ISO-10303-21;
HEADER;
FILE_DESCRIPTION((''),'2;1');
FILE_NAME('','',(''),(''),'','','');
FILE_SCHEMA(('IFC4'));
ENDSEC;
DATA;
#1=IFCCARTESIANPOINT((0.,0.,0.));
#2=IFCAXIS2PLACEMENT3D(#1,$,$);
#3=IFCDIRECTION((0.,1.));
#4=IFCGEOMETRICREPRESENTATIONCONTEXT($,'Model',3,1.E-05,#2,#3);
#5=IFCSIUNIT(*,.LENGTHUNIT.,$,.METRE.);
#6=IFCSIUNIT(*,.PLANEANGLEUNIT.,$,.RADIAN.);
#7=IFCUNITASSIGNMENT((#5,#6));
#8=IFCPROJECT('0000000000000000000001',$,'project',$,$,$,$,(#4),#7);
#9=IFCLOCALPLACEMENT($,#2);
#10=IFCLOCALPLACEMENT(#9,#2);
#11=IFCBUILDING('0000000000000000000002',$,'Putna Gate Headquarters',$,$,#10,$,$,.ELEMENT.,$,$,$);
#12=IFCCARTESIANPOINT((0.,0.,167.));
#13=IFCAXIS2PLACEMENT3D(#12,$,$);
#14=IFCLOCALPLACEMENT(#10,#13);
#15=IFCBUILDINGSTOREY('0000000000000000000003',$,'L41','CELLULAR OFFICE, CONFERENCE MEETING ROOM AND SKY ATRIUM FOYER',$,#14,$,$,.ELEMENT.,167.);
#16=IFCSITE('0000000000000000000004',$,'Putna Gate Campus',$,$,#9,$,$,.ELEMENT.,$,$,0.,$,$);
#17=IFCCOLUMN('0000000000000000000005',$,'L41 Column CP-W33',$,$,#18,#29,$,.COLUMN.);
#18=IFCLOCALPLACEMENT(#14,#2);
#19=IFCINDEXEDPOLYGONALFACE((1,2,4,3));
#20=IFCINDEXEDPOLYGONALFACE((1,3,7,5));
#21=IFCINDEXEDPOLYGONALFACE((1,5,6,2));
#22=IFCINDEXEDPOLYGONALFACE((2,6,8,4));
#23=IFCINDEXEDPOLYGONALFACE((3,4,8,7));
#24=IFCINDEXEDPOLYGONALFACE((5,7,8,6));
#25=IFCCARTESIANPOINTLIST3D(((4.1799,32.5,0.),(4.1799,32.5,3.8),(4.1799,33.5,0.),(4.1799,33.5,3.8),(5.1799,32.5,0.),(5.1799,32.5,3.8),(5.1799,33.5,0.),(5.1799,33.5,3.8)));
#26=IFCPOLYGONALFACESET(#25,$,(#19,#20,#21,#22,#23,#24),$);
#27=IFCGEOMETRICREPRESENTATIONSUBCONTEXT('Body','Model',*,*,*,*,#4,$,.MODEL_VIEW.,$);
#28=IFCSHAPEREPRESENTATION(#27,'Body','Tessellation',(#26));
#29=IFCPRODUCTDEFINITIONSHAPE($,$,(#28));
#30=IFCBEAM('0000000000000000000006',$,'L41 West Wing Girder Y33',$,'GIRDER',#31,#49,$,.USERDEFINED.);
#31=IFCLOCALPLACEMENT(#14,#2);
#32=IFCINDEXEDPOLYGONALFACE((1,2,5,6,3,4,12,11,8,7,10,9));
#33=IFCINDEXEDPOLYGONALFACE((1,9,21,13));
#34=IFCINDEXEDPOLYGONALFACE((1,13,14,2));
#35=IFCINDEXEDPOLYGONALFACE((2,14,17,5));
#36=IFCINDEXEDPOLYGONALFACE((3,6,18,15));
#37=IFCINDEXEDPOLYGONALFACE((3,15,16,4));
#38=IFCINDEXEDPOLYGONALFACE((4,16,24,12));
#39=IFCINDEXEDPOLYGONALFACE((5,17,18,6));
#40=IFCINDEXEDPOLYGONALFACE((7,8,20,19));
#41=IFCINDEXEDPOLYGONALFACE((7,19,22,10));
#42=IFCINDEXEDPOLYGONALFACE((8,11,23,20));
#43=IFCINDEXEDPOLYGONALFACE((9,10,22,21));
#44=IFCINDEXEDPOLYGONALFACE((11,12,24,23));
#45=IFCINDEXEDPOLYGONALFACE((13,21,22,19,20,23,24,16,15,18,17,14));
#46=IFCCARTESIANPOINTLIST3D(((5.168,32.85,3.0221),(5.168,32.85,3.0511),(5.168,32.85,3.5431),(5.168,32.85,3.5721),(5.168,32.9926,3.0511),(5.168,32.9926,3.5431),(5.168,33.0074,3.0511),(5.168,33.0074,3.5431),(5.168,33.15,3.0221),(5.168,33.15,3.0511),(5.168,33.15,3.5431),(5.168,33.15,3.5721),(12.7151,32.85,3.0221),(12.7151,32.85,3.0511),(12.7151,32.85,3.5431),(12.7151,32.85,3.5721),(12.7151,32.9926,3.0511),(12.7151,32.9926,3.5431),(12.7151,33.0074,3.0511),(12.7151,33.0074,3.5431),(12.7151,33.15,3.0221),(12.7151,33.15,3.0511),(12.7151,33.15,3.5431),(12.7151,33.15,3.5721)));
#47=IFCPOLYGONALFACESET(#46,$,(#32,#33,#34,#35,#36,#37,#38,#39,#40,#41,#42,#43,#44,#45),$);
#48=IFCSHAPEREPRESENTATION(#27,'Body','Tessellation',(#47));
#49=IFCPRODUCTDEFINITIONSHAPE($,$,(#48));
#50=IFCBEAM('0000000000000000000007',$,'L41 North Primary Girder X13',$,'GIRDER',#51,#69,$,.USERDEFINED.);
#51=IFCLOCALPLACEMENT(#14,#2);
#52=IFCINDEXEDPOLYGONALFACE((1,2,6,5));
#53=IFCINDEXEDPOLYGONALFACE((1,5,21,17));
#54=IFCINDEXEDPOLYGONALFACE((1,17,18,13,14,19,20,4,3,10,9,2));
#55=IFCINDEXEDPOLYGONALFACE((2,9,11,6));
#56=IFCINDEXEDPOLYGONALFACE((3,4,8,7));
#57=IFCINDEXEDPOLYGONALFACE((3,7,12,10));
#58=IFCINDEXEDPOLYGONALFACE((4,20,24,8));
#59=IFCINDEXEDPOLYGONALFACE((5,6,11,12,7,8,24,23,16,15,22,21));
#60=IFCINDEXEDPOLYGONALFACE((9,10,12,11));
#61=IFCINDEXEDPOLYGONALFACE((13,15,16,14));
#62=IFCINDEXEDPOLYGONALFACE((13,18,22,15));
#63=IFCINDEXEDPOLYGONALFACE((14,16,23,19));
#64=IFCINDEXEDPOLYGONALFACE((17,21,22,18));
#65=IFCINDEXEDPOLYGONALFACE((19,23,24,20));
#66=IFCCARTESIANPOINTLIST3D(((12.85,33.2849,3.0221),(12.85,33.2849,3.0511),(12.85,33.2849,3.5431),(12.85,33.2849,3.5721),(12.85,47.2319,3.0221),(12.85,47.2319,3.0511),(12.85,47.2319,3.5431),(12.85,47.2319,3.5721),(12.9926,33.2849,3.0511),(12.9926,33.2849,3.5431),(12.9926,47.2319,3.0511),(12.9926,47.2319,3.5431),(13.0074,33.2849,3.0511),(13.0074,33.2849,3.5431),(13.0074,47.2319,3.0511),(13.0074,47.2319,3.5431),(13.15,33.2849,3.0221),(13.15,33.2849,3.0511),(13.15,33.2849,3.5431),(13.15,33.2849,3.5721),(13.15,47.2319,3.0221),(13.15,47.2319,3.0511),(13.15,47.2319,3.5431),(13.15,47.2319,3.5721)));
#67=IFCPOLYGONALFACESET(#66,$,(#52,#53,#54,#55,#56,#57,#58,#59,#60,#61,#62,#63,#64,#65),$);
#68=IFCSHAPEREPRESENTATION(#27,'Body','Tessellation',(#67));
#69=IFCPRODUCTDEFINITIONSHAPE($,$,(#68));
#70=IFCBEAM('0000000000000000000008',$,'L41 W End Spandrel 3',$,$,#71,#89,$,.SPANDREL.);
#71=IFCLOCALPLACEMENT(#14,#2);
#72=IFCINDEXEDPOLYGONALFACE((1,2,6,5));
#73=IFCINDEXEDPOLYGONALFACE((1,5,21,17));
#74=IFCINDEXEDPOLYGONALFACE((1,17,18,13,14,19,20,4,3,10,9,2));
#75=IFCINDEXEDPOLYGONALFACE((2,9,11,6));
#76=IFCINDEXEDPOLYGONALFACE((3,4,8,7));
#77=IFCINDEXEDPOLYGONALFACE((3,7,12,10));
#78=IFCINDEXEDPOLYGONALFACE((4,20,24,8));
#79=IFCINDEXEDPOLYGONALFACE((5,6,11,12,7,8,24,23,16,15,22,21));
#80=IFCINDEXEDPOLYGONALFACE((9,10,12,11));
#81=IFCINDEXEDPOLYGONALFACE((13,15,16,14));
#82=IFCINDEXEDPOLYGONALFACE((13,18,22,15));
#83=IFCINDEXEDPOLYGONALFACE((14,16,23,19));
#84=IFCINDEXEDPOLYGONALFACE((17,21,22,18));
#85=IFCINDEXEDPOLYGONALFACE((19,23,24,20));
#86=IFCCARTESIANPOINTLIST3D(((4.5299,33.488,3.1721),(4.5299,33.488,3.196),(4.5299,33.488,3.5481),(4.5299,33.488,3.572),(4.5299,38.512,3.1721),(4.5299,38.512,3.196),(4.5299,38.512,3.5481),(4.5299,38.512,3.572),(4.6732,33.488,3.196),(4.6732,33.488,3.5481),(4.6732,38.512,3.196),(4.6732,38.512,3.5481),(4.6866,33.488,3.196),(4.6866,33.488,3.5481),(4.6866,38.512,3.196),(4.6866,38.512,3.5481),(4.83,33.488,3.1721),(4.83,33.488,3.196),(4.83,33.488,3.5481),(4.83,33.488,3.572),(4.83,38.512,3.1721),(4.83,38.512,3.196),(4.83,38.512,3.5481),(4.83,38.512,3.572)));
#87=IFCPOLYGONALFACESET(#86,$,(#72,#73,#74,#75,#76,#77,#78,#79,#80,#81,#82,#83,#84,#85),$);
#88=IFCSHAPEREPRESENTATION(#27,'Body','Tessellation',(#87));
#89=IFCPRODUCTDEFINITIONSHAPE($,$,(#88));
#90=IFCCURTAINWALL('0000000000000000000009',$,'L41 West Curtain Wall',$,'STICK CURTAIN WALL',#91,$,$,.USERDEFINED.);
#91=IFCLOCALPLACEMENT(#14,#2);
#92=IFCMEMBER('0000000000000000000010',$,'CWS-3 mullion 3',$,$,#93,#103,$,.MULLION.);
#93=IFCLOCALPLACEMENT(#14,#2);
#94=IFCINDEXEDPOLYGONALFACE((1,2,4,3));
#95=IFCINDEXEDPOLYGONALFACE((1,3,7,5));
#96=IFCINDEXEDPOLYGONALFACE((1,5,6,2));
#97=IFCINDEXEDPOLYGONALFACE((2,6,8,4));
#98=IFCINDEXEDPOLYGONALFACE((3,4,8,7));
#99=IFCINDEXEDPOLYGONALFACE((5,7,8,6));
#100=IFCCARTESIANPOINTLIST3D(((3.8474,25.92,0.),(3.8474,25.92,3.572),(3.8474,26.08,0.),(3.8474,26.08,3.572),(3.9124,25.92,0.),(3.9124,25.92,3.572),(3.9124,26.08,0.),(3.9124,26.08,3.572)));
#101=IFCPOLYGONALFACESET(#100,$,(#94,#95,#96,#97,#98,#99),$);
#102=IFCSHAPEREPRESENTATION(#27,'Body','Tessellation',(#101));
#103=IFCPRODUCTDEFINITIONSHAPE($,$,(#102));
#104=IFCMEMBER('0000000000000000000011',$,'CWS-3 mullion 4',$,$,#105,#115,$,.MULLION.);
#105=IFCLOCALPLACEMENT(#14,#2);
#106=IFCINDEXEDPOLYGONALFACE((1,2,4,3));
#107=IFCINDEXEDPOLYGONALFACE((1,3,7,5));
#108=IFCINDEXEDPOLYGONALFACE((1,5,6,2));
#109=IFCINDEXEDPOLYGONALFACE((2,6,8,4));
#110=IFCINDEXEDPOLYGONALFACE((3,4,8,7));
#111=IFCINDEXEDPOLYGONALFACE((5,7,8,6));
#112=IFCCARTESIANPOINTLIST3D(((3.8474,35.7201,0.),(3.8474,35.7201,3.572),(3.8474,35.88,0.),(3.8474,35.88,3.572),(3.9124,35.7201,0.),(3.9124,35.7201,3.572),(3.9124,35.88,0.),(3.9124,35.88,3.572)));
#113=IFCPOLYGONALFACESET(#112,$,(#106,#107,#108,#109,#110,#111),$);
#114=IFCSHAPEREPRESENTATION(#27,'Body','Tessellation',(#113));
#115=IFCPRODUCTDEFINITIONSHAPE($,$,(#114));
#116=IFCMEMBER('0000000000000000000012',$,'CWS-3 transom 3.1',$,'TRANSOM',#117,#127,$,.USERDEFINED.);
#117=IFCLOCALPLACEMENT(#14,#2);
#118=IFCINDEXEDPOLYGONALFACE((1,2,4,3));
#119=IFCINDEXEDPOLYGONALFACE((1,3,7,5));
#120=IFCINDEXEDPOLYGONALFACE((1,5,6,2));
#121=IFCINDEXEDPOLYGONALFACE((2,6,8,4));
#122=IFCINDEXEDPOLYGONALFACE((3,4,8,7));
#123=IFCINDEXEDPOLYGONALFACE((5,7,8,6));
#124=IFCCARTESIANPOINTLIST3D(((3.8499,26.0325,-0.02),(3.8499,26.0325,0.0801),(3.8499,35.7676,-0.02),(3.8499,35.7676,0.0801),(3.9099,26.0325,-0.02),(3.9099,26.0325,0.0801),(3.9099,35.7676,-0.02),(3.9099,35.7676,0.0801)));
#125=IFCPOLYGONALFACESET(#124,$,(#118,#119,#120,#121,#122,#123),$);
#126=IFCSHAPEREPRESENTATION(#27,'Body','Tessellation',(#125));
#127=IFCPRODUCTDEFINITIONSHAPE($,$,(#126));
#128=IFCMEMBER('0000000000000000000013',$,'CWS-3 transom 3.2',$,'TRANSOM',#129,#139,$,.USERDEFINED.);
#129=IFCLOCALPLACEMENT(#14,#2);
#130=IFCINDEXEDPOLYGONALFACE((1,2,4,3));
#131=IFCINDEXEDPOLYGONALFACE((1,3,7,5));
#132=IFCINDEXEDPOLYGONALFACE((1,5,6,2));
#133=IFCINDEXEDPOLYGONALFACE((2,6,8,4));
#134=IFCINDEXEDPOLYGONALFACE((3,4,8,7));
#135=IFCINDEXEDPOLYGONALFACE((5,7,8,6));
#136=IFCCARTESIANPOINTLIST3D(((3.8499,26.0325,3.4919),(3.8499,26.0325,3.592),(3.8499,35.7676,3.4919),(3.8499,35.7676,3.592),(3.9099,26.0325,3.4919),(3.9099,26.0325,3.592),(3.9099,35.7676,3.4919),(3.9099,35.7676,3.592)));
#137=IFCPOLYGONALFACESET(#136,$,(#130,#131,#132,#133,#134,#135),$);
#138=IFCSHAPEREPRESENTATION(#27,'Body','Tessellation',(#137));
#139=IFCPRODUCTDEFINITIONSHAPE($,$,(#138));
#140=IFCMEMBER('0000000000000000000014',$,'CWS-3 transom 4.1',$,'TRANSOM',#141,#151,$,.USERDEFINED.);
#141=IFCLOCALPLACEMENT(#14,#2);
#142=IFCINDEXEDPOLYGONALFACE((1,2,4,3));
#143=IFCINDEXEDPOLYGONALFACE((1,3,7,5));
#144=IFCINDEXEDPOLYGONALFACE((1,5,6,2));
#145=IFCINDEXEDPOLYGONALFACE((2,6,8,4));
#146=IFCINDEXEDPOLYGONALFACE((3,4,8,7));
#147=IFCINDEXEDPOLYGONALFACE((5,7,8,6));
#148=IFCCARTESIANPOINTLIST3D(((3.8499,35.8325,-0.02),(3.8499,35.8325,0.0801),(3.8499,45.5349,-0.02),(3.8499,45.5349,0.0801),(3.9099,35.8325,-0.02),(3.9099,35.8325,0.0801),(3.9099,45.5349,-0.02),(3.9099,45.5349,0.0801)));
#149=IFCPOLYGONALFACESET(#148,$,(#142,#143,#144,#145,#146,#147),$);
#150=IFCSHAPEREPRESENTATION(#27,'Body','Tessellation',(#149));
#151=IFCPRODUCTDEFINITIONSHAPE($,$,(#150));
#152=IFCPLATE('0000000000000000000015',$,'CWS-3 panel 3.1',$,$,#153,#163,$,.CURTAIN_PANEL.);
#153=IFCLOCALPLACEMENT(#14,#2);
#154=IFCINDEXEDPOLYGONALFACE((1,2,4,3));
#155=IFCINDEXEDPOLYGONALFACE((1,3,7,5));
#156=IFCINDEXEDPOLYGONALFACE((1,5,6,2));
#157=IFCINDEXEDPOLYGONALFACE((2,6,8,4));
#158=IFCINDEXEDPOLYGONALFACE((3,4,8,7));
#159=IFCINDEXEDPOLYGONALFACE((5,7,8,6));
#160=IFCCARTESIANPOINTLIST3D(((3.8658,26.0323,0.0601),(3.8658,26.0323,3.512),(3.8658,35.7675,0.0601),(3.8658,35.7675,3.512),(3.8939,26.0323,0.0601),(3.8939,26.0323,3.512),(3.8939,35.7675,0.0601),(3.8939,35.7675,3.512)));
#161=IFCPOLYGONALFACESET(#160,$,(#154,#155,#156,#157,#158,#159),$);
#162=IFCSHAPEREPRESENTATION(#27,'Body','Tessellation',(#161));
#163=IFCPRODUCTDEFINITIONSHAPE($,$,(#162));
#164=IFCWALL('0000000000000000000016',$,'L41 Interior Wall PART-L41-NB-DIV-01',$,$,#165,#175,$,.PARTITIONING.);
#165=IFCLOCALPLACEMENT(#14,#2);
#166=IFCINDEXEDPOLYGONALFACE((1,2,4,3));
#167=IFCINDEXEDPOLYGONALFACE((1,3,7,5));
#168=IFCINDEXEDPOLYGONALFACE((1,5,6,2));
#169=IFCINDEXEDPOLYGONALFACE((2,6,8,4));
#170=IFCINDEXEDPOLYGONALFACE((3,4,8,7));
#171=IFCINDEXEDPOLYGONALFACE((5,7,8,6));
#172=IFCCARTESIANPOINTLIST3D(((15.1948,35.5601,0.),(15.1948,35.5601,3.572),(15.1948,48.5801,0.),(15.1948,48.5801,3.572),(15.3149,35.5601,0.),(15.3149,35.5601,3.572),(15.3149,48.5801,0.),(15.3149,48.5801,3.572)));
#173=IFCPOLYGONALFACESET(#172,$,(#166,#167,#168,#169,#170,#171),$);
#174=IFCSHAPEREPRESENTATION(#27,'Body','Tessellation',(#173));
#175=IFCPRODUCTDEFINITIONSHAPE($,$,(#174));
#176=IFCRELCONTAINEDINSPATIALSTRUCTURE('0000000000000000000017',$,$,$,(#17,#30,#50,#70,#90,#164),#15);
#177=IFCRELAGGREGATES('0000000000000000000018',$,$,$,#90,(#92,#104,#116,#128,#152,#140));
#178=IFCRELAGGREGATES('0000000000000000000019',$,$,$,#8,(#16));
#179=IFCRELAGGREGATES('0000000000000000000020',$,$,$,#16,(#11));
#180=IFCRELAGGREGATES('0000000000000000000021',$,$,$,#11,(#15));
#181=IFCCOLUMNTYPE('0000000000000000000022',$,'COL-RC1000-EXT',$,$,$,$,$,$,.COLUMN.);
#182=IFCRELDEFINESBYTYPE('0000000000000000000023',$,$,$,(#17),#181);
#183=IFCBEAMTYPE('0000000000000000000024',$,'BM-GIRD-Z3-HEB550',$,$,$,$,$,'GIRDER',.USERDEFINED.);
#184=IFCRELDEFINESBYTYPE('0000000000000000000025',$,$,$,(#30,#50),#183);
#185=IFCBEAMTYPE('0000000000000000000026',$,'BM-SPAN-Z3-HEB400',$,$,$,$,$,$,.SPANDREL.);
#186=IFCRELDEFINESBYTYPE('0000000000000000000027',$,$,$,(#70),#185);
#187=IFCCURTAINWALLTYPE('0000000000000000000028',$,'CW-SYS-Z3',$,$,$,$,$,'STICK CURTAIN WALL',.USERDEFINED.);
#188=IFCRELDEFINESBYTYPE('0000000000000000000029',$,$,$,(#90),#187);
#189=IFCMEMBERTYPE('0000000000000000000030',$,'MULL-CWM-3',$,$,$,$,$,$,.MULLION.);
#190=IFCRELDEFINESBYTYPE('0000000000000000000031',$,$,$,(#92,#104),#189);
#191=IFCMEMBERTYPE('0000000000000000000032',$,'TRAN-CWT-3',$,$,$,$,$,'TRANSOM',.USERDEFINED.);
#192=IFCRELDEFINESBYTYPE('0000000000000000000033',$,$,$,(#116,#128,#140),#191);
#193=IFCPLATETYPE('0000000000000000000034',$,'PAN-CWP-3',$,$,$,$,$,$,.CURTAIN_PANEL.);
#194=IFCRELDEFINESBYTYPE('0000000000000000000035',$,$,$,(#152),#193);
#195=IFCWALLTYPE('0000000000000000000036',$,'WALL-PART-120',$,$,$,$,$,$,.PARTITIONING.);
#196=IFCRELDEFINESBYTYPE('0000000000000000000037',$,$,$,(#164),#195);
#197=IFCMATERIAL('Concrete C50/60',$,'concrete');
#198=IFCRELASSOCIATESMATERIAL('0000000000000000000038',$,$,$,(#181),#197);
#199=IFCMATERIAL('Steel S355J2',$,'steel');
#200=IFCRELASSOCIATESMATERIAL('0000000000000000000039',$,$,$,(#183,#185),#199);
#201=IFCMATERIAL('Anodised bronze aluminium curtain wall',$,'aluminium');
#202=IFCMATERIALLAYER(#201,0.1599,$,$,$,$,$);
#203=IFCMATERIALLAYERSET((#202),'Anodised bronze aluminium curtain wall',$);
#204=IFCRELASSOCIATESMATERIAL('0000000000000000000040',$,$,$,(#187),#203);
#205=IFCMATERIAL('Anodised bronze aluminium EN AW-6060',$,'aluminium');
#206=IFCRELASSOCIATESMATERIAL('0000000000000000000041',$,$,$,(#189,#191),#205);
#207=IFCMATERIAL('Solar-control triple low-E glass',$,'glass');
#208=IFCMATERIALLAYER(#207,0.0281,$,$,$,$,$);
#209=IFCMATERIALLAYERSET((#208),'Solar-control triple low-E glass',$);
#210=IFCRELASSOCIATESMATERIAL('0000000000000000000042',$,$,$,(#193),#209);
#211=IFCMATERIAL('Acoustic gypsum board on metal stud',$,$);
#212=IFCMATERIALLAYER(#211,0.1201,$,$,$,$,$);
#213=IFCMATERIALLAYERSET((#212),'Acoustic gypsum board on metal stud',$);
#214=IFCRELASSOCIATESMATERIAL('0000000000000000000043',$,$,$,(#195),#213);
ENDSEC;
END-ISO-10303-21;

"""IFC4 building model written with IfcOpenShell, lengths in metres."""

from ifc_helpers import new_model, si_unit, direction, frame, frame_2d, origin, origin_2d, place, context, subcontext, project, spatial, rectangle, i_section, extrude, material, layer, layer_set, material_profile, profile_set, type_object, element, aggregate, save


model = new_model("IFC4")

# Units and contexts
model_context = context("Model", 3, precision=1e-05, world=origin(), true_north=direction((0.0, 1.0)))
body_context = subcontext(model_context, "Body", "Model", "MODEL_VIEW")
ifc_project = project(units=[si_unit("LENGTHUNIT", "METRE"), si_unit("PLANEANGLEUNIT", "RADIAN")], contexts=[model_context])

# Site, building, storey
site_placement = place(None, origin())
site = spatial("IfcSite", under=ifc_project, at=site_placement, Name="Putna Gate Campus", CompositionType="ELEMENT", RefElevation=0.0)
building_placement = place(site_placement, origin())
building = spatial("IfcBuilding", under=site, at=building_placement, Name="Putna Gate Headquarters", CompositionType="ELEMENT")
storey_placement = place(building_placement, frame((0.0, 0.0, 167.0)))
storey = spatial("IfcBuildingStorey", under=building, at=storey_placement, Name="L41", Description="CELLULAR OFFICE, CONFERENCE MEETING ROOM AND SKY ATRIUM FOYER", CompositionType="ELEMENT", Elevation=167.0)

# Column
ifc_material_1 = material(Name="Concrete C50/60", Category="concrete")
ifc_material_profile_1 = material_profile(ifc_material_1, rectangle(XDim=1.0, YDim=1.0, at=origin_2d()), Name="Concrete C50/60")
ifc_profile_set_1 = profile_set([ifc_material_profile_1], Name="Concrete C50/60")
column_type = type_object("IfcColumnType", Name="COL-RC1000-EXT", PredefinedType="COLUMN", material=ifc_profile_set_1)
column_placement = place(storey_placement, frame((4.6799, 33.0, 0.0), z_axis=(0.0, 0.0, 1.0), x_axis=(1.0, 0.0, 0.0)))
element("IfcColumn", 1, at=column_placement, inside=storey, type_object=column_type, Name="L41 Column CP-W33", PredefinedType="COLUMN", context=body_context, shape_type="SweptSolid", body=[
    extrude(rectangle(XDim=1.0, YDim=1.0, at=origin_2d()), origin(), (0.0, 0.0, 1.0), 3.8),
])

# Beams
ifc_material_2 = material(Name="Steel S355J2", Category="steel")
ifc_material_profile_2 = material_profile(ifc_material_2, i_section(OverallWidth=0.3, OverallDepth=0.55, WebThickness=0.0149, FlangeThickness=0.0291, at=origin_2d()), Name="Steel S355J2")
ifc_profile_set_2 = profile_set([ifc_material_profile_2], Name="Steel S355J2")
beam_type_1 = type_object("IfcBeamType", Name="BM-GIRD-Z3-HEB550", ElementType="GIRDER", PredefinedType="USERDEFINED", material=ifc_profile_set_2)
beam_1_placement = place(storey_placement, frame((5.168, 33.0, 3.2971), z_axis=(1.0, 0.0, 0.0), x_axis=(0.0, 1.0, 0.0)))
element("IfcBeam", 2, at=beam_1_placement, inside=storey, type_object=beam_type_1, Name="L41 West Wing Girder Y33", ObjectType="GIRDER", PredefinedType="USERDEFINED", context=body_context, shape_type="SweptSolid", body=[
    extrude(i_section(OverallWidth=0.3, OverallDepth=0.55, WebThickness=0.0149, FlangeThickness=0.0291, at=origin_2d()), origin(), (0.0, 0.0, 1.0), 7.5471),
])
beam_2_placement = place(storey_placement, frame((13.0, 33.2849, 3.2971), z_axis=(0.0, 1.0, 0.0), x_axis=(-1.0, 0.0, 0.0)))
element("IfcBeam", 3, at=beam_2_placement, inside=storey, type_object=beam_type_1, Name="L41 North Primary Girder X13", ObjectType="GIRDER", PredefinedType="USERDEFINED", context=body_context, shape_type="SweptSolid", body=[
    extrude(i_section(OverallWidth=0.3, OverallDepth=0.55, WebThickness=0.0149, FlangeThickness=0.0291, at=origin_2d()), origin(), (0.0, 0.0, 1.0), 13.947),
])
ifc_material_profile_3 = material_profile(ifc_material_2, i_section(OverallWidth=0.3, OverallDepth=0.3999, WebThickness=0.0134, FlangeThickness=0.0239, at=origin_2d()), Name="Steel S355J2")
ifc_profile_set_3 = profile_set([ifc_material_profile_3], Name="Steel S355J2")
beam_type_2 = type_object("IfcBeamType", Name="BM-SPAN-Z3-HEB400", PredefinedType="SPANDREL", material=ifc_profile_set_3)
beam_3_placement = place(storey_placement, frame((4.6799, 33.488, 3.3721), z_axis=(0.0, 1.0, 0.0), x_axis=(-1.0, 0.0, 0.0)))
element("IfcBeam", 4, at=beam_3_placement, inside=storey, type_object=beam_type_2, Name="L41 W End Spandrel 3", PredefinedType="SPANDREL", context=body_context, shape_type="SweptSolid", body=[
    extrude(i_section(OverallWidth=0.3, OverallDepth=0.3999, WebThickness=0.0134, FlangeThickness=0.0239, at=origin_2d()), origin(), (0.0, 0.0, 1.0), 5.0239),
])

# Curtain wall, members, plate
ifc_material_3 = material(Name="Anodised bronze aluminium curtain wall", Category="aluminium")
ifc_layer_1 = layer(ifc_material_3, 0.1599)
ifc_layer_set_1 = layer_set([ifc_layer_1], Name="Anodised bronze aluminium curtain wall")
curtain_wall_type = type_object("IfcCurtainWallType", Name="CW-SYS-Z3", ElementType="STICK CURTAIN WALL", PredefinedType="USERDEFINED", material=ifc_layer_set_1)
curtain_wall_placement = place(storey_placement, origin())
curtain_wall = element("IfcCurtainWall", 5, at=curtain_wall_placement, inside=storey, type_object=curtain_wall_type, Name="L41 West Curtain Wall", ObjectType="STICK CURTAIN WALL", PredefinedType="USERDEFINED")
ifc_material_4 = material(Name="Anodised bronze aluminium EN AW-6060", Category="aluminium")
ifc_material_profile_4 = material_profile(ifc_material_4, rectangle(XDim=0.0649, YDim=0.1599, at=origin_2d()), Name="Anodised bronze aluminium EN AW-6060")
ifc_profile_set_4 = profile_set([ifc_material_profile_4], Name="Anodised bronze aluminium EN AW-6060")
member_type_1 = type_object("IfcMemberType", Name="MULL-CWM-3", PredefinedType="MULLION", material=ifc_profile_set_4)
member_1_placement = place(storey_placement, frame((3.8799, 26.0, 0.0), z_axis=(0.0, 0.0, 1.0), x_axis=(-1.0, 0.0, 0.0)))
member_1 = element("IfcMember", 6, at=member_1_placement, type_object=member_type_1, Name="CWS-3 mullion 3", PredefinedType="MULLION", context=body_context, shape_type="SweptSolid", body=[
    extrude(rectangle(XDim=0.0649, YDim=0.1599, at=origin_2d()), origin(), (0.0, 0.0, 1.0), 3.572),
])
member_2_placement = place(storey_placement, frame((3.8799, 35.8, 0.0), z_axis=(0.0, 0.0, 1.0), x_axis=(-1.0, 0.0, 0.0)))
member_2 = element("IfcMember", 7, at=member_2_placement, type_object=member_type_1, Name="CWS-3 mullion 4", PredefinedType="MULLION", context=body_context, shape_type="SweptSolid", body=[
    extrude(rectangle(XDim=0.0649, YDim=0.1599, at=origin_2d()), origin(), (0.0, 0.0, 1.0), 3.572),
])
ifc_material_profile_5 = material_profile(ifc_material_4, rectangle(XDim=0.0601, YDim=0.1001, at=origin_2d()), Name="Anodised bronze aluminium EN AW-6060")
ifc_profile_set_5 = profile_set([ifc_material_profile_5], Name="Anodised bronze aluminium EN AW-6060")
member_type_2 = type_object("IfcMemberType", Name="TRAN-CWT-3", ElementType="TRANSOM", PredefinedType="USERDEFINED", material=ifc_profile_set_5)
member_3_placement = place(storey_placement, frame((3.8799, 26.0325, 0.03), z_axis=(0.0, 1.0, 0.0), x_axis=(-1.0, 0.0, 0.0)))
member_3 = element("IfcMember", 8, at=member_3_placement, type_object=member_type_2, Name="CWS-3 transom 3.1", ObjectType="TRANSOM", PredefinedType="USERDEFINED", context=body_context, shape_type="SweptSolid", body=[
    extrude(rectangle(XDim=0.0601, YDim=0.1001, at=origin_2d()), origin(), (0.0, 0.0, 1.0), 9.7351),
])
member_4_placement = place(storey_placement, frame((3.8799, 26.0325, 3.542), z_axis=(0.0, 1.0, 0.0), x_axis=(-1.0, 0.0, 0.0)))
member_4 = element("IfcMember", 9, at=member_4_placement, type_object=member_type_2, Name="CWS-3 transom 3.2", ObjectType="TRANSOM", PredefinedType="USERDEFINED", context=body_context, shape_type="SweptSolid", body=[
    extrude(rectangle(XDim=0.0601, YDim=0.1001, at=origin_2d()), origin(), (0.0, 0.0, 1.0), 9.7351),
])
member_5_placement = place(storey_placement, frame((3.8799, 35.8325, 0.03), z_axis=(0.0, 1.0, 0.0), x_axis=(-1.0, 0.0, 0.0)))
member_5 = element("IfcMember", 10, at=member_5_placement, type_object=member_type_2, Name="CWS-3 transom 4.1", ObjectType="TRANSOM", PredefinedType="USERDEFINED", context=body_context, shape_type="SweptSolid", body=[
    extrude(rectangle(XDim=0.0601, YDim=0.1001, at=origin_2d()), origin(), (0.0, 0.0, 1.0), 9.7024),
])
ifc_material_5 = material(Name="Solar-control triple low-E glass", Category="glass")
ifc_layer_2 = layer(ifc_material_5, 0.0281)
ifc_layer_set_2 = layer_set([ifc_layer_2], Name="Solar-control triple low-E glass")
plate_type = type_object("IfcPlateType", Name="PAN-CWP-3", PredefinedType="CURTAIN_PANEL", material=ifc_layer_set_2)
plate_placement = place(storey_placement, frame((3.8799, 30.8999, 0.0601), z_axis=(0.0, 0.0, 1.0), x_axis=(0.0, 1.0, 0.0)))
plate = element("IfcPlate", 11, at=plate_placement, type_object=plate_type, Name="CWS-3 panel 3.1", PredefinedType="CURTAIN_PANEL", context=body_context, shape_type="SweptSolid", body=[
    extrude(rectangle(XDim=9.7351, YDim=0.0281, at=origin_2d()), origin(), (0.0, 0.0, 1.0), 3.4519),
])
aggregate(curtain_wall, [member_1, member_2, member_3, member_4, plate, member_5])

# Wall
ifc_material_6 = material(Name="Acoustic gypsum board on metal stud")
ifc_layer_3 = layer(ifc_material_6, 0.1201)
ifc_layer_set_3 = layer_set([ifc_layer_3], Name="Acoustic gypsum board on metal stud")
wall_type_1 = type_object("IfcWallType", Name="WALL-PART-120", PredefinedType="PARTITIONING", material=ifc_layer_set_3)
wall_1_placement = place(storey_placement, frame((15.2549, 35.5601, 0.0), z_axis=(0.0, 0.0, 1.0), x_axis=(0.0, 1.0, 0.0)))
element("IfcWall", 12, at=wall_1_placement, inside=storey, type_object=wall_type_1, Name="L41 Interior Wall PART-L41-NB-DIV-01", PredefinedType="PARTITIONING", context=body_context, shape_type="SweptSolid", body=[
    extrude(rectangle(XDim=13.02, YDim=0.1201, at=frame_2d((6.51, 0.0))), origin(), (0.0, 0.0, 1.0), 3.572),
])

save(model, "model.ifc")
